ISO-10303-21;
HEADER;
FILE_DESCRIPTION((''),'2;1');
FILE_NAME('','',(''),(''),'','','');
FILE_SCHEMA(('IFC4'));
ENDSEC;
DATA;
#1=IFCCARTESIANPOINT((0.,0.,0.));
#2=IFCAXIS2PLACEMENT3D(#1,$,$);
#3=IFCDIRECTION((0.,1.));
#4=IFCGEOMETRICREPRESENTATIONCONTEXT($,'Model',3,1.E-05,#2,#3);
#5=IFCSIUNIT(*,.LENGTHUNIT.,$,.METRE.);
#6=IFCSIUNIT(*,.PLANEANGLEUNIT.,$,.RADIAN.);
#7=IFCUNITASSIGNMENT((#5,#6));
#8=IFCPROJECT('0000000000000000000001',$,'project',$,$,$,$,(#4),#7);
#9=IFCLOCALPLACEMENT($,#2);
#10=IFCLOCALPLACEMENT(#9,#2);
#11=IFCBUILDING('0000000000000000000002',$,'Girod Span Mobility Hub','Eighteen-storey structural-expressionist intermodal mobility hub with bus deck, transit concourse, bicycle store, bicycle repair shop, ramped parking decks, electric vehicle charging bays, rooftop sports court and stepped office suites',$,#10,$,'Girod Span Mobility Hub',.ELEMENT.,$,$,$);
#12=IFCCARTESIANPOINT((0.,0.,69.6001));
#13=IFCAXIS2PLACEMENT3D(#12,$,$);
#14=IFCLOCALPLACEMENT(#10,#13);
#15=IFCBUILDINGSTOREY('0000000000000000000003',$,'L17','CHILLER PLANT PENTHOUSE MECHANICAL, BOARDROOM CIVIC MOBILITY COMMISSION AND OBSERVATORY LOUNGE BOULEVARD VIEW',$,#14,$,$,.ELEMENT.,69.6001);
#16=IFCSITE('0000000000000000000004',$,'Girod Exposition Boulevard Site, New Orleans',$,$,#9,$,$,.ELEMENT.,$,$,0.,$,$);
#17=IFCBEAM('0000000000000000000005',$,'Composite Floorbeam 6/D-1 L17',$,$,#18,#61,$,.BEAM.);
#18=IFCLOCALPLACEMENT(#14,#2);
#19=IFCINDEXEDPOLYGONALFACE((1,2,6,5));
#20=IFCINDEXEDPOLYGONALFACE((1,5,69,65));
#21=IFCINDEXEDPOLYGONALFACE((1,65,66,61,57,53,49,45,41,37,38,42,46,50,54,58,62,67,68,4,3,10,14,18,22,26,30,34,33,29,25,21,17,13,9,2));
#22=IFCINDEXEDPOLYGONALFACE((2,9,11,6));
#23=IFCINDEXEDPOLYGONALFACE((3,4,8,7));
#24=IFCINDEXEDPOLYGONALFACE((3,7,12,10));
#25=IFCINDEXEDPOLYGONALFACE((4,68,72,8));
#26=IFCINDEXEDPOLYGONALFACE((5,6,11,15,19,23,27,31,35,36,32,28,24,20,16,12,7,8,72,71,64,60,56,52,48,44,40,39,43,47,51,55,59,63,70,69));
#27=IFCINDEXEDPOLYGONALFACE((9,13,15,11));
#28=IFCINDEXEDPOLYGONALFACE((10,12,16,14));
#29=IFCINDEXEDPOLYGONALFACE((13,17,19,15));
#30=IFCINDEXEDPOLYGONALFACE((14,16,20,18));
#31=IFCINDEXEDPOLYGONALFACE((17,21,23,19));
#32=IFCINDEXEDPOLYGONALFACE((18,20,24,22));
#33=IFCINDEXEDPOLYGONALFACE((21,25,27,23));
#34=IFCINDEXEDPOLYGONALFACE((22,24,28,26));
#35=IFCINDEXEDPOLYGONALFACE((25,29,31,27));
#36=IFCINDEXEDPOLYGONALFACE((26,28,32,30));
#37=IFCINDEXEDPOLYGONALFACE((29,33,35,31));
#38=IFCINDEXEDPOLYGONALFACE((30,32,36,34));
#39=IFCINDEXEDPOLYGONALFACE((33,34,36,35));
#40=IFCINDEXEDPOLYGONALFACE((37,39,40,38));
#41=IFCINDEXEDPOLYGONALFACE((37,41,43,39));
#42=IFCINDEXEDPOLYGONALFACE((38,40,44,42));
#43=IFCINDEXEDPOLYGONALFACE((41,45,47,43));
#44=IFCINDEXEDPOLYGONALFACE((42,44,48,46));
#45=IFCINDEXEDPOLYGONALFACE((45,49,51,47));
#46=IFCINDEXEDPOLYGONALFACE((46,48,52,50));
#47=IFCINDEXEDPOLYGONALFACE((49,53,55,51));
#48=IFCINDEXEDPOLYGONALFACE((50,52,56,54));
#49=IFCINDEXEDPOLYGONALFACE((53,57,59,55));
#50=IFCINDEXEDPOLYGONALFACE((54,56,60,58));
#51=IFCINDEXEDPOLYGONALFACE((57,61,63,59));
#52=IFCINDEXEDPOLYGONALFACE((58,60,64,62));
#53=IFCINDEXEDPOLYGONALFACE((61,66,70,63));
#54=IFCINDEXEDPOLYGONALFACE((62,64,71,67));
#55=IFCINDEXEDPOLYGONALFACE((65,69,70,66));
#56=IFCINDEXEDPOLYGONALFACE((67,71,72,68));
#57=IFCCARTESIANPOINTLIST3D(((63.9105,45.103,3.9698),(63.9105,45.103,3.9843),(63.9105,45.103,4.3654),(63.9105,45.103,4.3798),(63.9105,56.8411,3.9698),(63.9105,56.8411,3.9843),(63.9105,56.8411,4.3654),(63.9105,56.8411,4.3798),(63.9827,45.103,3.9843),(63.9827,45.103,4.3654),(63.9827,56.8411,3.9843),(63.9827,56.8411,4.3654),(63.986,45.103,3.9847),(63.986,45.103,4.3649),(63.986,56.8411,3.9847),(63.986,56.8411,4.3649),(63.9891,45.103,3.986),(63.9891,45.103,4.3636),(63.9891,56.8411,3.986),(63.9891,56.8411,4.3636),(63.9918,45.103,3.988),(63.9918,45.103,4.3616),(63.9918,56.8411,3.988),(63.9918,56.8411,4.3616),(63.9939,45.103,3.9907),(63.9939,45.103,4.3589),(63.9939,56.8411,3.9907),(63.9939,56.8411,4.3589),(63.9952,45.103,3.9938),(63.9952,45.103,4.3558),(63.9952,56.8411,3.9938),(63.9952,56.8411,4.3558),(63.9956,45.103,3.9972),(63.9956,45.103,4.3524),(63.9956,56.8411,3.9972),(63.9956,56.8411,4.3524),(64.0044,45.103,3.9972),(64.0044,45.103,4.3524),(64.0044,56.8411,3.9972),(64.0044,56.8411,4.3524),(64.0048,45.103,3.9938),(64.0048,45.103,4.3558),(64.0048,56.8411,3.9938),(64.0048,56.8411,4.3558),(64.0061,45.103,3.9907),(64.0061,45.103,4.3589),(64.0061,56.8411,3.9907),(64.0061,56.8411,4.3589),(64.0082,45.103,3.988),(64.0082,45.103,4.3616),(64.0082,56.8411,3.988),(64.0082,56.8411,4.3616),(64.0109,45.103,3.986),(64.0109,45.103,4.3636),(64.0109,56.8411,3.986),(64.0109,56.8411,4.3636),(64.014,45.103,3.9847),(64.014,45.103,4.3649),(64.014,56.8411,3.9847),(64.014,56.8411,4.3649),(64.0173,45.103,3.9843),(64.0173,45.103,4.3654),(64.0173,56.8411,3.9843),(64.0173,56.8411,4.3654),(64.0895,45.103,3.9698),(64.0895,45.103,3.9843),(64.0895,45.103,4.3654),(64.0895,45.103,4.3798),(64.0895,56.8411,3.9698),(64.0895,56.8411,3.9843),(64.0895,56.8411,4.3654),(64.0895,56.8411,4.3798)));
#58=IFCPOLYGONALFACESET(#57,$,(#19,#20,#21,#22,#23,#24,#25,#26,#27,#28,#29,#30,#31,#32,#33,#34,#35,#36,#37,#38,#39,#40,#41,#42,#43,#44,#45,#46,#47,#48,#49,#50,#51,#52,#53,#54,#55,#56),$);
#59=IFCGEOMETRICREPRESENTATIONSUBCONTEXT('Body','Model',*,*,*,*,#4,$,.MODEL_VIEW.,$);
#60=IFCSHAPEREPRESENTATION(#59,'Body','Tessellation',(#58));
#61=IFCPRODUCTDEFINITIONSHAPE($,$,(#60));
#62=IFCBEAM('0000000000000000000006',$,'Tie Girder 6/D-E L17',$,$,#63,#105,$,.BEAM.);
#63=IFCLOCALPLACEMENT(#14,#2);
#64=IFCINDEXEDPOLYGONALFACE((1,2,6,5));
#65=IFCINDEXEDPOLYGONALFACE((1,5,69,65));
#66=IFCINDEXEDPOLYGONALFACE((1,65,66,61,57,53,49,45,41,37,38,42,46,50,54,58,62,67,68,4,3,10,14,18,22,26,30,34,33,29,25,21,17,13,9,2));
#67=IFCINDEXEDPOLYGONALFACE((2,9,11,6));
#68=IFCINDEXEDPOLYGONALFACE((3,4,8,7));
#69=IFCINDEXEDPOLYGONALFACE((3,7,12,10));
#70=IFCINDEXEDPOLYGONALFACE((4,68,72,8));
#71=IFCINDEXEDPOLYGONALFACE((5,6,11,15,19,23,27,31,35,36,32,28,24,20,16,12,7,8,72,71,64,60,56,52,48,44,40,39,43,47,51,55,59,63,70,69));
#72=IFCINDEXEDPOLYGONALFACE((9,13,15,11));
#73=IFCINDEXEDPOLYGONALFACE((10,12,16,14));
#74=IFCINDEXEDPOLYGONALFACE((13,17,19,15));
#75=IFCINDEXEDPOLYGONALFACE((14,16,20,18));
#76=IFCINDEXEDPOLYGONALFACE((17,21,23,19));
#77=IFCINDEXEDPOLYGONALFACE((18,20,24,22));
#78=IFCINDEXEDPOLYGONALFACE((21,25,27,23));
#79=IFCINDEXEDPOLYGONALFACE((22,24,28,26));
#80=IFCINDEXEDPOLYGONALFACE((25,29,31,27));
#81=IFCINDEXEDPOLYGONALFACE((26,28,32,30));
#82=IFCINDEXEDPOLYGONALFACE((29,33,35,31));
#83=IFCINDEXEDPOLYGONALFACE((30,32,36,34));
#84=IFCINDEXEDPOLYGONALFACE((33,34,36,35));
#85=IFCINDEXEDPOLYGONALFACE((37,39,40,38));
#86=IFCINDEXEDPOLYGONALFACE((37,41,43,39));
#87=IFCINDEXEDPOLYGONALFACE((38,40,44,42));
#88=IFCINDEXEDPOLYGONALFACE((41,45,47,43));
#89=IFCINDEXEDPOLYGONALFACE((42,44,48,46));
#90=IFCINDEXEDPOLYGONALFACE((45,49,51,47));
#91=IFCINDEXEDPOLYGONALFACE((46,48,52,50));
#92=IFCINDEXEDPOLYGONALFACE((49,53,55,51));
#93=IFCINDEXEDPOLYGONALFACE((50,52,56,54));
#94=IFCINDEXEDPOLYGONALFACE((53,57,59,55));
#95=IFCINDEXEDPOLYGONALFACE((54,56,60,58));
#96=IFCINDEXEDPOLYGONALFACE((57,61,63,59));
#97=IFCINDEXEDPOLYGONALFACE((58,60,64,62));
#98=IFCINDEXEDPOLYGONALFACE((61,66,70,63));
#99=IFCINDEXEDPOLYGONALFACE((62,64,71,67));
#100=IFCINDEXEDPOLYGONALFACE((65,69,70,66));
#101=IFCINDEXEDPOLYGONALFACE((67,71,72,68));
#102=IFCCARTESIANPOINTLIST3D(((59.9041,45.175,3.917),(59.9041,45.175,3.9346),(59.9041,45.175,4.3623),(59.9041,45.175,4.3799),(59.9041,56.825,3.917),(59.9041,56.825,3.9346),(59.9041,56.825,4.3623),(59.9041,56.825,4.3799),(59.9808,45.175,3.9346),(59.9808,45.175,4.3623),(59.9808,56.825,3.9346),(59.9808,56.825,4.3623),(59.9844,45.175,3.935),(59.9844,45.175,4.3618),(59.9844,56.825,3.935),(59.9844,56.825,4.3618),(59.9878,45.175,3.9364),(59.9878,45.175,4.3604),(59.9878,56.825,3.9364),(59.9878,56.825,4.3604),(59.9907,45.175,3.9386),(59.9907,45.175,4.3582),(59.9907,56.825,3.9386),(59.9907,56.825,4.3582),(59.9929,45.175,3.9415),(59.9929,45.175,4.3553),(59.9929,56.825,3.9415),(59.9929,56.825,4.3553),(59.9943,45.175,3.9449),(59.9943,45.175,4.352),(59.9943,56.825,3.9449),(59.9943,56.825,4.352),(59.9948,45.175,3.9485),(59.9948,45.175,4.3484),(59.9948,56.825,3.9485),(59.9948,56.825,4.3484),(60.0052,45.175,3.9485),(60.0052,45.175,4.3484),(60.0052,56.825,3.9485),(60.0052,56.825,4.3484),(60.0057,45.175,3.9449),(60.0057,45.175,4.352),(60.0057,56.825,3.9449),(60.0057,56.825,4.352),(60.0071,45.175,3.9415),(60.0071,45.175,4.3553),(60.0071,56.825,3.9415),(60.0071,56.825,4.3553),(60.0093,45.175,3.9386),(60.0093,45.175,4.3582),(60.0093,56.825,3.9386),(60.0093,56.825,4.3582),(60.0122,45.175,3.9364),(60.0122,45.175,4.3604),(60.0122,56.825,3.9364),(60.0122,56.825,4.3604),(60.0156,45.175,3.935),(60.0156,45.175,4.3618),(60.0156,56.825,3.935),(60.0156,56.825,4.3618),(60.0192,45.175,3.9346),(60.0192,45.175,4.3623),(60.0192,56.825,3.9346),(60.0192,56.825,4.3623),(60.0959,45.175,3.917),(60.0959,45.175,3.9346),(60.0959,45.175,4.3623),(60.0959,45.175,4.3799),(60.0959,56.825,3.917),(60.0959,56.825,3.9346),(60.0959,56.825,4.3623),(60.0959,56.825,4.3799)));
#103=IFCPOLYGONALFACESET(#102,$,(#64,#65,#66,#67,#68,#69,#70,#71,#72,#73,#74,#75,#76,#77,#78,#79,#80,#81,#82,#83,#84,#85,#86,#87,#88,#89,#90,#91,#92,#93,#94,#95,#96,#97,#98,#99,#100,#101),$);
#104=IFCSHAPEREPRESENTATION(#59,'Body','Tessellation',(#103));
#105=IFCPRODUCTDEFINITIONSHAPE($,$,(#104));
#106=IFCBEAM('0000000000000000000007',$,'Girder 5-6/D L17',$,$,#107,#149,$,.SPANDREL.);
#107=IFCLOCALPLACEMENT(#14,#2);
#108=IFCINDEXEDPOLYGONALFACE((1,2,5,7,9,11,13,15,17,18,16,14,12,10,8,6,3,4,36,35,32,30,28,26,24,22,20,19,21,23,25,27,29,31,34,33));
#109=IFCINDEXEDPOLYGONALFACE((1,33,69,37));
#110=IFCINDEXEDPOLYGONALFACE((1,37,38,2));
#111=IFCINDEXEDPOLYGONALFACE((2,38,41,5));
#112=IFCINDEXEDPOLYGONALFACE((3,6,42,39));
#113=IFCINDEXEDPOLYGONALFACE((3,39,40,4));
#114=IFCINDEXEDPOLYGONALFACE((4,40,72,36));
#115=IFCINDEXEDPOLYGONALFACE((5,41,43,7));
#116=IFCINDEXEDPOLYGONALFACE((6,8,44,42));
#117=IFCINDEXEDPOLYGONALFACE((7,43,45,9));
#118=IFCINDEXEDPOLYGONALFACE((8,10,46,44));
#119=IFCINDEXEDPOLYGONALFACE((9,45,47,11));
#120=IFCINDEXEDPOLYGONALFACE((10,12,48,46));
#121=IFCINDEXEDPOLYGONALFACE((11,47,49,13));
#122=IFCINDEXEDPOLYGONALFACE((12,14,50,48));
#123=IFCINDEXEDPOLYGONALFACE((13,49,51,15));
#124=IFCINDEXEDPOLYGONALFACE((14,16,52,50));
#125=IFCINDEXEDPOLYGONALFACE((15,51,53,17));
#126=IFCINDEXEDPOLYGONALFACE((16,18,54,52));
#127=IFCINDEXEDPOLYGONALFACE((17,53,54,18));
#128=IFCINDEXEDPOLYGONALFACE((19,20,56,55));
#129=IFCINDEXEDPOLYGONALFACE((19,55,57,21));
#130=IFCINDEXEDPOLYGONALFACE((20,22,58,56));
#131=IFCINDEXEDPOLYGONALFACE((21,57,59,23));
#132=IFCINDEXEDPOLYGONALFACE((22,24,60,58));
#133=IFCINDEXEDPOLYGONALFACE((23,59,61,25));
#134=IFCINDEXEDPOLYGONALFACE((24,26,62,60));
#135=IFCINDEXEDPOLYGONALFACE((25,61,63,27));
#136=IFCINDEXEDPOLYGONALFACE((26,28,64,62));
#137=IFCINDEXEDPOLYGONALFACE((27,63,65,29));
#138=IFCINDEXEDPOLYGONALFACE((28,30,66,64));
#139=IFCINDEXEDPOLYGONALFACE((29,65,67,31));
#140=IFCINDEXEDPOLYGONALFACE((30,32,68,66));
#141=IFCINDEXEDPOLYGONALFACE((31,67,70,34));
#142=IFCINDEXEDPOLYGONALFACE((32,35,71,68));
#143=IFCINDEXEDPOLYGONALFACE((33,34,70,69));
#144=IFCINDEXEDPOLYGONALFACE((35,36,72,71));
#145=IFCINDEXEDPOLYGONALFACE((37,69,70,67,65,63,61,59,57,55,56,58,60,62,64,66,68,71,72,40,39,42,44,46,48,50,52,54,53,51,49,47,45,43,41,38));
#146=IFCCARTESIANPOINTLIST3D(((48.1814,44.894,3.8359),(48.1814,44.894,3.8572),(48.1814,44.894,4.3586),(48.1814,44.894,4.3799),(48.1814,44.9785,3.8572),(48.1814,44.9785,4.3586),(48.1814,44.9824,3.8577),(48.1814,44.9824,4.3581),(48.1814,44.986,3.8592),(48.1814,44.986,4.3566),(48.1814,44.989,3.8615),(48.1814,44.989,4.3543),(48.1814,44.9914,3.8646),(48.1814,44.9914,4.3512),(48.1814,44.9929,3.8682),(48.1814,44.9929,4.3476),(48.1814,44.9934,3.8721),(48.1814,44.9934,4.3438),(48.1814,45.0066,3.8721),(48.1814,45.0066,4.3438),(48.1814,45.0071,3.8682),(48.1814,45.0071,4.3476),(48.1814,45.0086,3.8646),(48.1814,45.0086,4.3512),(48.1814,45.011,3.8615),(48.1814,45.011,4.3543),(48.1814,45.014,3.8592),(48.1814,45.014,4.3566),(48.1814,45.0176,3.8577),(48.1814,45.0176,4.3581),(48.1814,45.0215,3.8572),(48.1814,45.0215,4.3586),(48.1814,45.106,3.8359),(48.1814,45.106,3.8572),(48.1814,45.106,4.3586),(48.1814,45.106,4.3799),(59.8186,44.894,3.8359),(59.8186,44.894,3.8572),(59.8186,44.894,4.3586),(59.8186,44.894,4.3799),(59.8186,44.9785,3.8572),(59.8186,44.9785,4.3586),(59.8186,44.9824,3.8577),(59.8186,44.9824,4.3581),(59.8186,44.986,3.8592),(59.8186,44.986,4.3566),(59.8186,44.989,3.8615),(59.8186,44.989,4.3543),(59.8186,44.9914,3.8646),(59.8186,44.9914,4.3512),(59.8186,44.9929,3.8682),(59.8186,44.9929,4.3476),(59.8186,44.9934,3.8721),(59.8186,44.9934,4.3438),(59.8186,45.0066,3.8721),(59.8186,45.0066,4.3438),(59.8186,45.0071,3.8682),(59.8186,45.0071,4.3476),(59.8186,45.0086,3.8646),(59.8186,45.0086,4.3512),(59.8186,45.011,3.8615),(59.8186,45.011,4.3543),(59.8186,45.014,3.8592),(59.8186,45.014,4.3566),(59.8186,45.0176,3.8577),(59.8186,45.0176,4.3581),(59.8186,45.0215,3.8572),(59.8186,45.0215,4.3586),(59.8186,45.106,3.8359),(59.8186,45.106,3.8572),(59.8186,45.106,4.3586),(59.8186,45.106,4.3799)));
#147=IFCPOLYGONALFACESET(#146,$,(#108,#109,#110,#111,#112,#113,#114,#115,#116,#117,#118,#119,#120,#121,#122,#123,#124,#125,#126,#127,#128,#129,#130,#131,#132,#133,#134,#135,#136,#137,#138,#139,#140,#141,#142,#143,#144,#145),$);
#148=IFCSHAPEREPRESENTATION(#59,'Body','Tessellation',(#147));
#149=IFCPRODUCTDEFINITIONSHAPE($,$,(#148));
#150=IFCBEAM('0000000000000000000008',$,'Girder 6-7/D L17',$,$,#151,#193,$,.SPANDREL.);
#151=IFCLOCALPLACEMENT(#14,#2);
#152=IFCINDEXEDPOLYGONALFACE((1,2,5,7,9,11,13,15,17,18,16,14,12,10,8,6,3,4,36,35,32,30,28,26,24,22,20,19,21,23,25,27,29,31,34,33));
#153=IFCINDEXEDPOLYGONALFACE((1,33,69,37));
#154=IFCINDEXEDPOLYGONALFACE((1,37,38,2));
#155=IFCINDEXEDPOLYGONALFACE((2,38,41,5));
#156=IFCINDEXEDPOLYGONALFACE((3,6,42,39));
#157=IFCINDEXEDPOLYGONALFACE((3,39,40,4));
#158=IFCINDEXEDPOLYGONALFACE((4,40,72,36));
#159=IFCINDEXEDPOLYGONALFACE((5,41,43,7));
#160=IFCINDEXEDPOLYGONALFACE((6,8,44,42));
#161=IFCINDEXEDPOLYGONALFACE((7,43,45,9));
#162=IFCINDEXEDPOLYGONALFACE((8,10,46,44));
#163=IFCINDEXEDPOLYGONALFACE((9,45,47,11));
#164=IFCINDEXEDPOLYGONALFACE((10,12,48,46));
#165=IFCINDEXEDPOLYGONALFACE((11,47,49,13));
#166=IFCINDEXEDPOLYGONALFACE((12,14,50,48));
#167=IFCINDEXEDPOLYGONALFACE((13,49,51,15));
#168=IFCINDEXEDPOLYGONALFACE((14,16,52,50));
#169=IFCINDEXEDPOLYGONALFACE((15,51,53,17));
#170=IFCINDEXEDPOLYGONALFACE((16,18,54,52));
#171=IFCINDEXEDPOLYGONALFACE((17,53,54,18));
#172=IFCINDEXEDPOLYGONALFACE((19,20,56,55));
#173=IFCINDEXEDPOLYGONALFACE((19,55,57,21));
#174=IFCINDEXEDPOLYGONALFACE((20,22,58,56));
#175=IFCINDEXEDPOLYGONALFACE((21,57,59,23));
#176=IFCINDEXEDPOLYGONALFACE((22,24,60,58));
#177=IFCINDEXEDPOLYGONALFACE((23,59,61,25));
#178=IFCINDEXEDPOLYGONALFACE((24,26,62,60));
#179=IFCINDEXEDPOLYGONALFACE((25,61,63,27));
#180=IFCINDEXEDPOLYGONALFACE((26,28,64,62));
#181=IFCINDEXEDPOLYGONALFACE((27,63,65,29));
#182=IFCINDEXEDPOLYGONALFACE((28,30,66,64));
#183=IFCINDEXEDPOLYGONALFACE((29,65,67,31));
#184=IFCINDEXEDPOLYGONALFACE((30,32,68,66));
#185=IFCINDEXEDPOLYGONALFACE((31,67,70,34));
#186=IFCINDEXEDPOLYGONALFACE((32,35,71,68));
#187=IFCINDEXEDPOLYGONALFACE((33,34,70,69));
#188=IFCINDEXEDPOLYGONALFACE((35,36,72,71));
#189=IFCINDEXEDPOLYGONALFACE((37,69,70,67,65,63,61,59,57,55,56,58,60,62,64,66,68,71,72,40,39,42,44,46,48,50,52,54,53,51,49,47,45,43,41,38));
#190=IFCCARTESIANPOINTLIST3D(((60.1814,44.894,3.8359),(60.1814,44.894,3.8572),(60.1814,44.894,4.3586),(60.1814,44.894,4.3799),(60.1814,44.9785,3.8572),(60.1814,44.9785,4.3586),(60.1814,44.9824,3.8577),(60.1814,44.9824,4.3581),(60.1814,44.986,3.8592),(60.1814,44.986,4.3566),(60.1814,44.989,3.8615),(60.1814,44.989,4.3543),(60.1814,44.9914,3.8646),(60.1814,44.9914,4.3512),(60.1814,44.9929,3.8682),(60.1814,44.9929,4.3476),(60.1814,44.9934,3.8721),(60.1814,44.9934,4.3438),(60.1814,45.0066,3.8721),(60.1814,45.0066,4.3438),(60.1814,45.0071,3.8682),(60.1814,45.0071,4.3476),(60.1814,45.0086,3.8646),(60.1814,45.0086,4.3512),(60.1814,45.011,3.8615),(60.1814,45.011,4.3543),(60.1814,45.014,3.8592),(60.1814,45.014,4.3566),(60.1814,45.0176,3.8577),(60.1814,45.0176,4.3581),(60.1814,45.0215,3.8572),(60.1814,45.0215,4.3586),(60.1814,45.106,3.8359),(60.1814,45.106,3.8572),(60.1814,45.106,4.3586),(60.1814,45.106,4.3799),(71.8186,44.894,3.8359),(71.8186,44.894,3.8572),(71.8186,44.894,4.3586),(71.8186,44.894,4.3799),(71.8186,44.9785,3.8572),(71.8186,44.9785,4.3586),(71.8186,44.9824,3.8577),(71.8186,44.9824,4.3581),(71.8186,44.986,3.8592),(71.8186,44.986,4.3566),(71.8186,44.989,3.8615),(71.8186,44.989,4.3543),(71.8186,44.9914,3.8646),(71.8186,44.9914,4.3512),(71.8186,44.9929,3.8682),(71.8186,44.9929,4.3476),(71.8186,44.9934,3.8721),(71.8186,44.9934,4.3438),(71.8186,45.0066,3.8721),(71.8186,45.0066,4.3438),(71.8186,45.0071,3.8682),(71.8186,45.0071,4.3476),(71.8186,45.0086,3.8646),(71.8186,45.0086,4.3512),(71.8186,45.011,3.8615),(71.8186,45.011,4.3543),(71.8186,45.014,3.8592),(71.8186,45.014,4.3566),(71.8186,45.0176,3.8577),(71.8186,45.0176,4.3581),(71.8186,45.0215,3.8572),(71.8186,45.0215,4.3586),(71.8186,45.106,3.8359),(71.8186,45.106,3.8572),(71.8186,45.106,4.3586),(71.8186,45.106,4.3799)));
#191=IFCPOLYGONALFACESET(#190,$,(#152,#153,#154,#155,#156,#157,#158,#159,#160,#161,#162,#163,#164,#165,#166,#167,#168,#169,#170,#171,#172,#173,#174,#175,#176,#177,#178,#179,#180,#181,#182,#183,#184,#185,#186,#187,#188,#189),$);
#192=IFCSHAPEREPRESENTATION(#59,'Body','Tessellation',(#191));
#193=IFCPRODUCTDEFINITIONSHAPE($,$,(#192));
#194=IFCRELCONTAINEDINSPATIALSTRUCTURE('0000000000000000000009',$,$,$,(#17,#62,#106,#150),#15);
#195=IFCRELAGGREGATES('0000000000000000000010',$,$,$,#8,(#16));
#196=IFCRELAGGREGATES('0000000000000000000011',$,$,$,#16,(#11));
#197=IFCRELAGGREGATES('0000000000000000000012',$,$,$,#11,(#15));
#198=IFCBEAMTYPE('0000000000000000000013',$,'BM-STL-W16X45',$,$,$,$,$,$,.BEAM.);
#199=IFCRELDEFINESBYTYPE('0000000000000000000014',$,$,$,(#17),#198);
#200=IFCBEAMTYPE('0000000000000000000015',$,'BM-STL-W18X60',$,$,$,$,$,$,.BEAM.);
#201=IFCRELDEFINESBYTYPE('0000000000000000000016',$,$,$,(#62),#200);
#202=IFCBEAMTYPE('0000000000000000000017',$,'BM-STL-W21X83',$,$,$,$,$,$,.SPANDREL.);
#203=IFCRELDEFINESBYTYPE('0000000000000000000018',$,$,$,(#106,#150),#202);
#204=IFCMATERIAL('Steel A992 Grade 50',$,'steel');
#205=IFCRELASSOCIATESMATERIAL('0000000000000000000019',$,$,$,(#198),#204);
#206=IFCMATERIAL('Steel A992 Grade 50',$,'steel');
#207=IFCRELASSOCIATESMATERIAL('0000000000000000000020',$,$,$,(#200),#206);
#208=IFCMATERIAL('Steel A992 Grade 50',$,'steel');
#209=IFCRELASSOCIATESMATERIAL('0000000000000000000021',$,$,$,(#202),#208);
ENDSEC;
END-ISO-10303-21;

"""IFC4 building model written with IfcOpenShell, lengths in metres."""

from ifc_helpers import new_model, si_unit, direction, frame, origin, origin_2d, place, context, subcontext, project, spatial, i_section, extrude, material, material_profile, profile_set, type_object, element, save


model = new_model("IFC4")

# Units and contexts
model_context = context("Model", 3, precision=1e-05, world=origin(), true_north=direction((0.0, 1.0)))
body_context = subcontext(model_context, "Body", "Model", "MODEL_VIEW")
ifc_project = project(units=[si_unit("LENGTHUNIT", "METRE"), si_unit("PLANEANGLEUNIT", "RADIAN")], contexts=[model_context])

# Site, building, storey
site_placement = place(None, origin())
site = spatial("IfcSite", under=ifc_project, at=site_placement, Name="Girod Exposition Boulevard Site, New Orleans", CompositionType="ELEMENT", RefElevation=0.0)
building_placement = place(site_placement, origin())
building = spatial("IfcBuilding", under=site, at=building_placement, Name="Girod Span Mobility Hub", Description="Eighteen-storey structural-expressionist intermodal mobility hub with bus deck, transit concourse, bicycle store, bicycle repair shop, ramped parking decks, electric vehicle charging bays, rooftop sports court and stepped office suites", LongName="Girod Span Mobility Hub", CompositionType="ELEMENT")
storey_placement = place(building_placement, frame((0.0, 0.0, 69.6001)))
storey = spatial("IfcBuildingStorey", under=building, at=storey_placement, Name="L17", Description="CHILLER PLANT PENTHOUSE MECHANICAL, BOARDROOM CIVIC MOBILITY COMMISSION AND OBSERVATORY LOUNGE BOULEVARD VIEW", CompositionType="ELEMENT", Elevation=69.6001)

# Beams
ifc_material_1 = material(Name="Steel A992 Grade 50", Category="steel")
ifc_material_profile_1 = material_profile(ifc_material_1, i_section(OverallWidth=0.179, OverallDepth=0.4099, WebThickness=0.0088, FlangeThickness=0.0144, FilletRadius=0.0129, at=origin_2d()), Name="W16X45")
ifc_profile_set_1 = profile_set([ifc_material_profile_1], Name="Steel A992 Grade 50")
beam_type_1 = type_object("IfcBeamType", Name="BM-STL-W16X45", PredefinedType="BEAM", material=ifc_profile_set_1)
beam_1_placement = place(storey_placement, frame((64.0, 45.103, 4.1748), z_axis=(0.0, 1.0, 0.0), x_axis=(-1.0, 0.0, 0.0)))
element("IfcBeam", 1, at=beam_1_placement, inside=storey, type_object=beam_type_1, Name="Composite Floorbeam 6/D-1 L17", PredefinedType="BEAM", context=body_context, shape_type="SweptSolid", body=[
    extrude(i_section(OverallWidth=0.179, OverallDepth=0.4099, WebThickness=0.0088, FlangeThickness=0.0144, FilletRadius=0.0129, at=origin_2d()), origin(), (0.0, 0.0, 1.0), 11.738),
])
ifc_material_2 = material(Name="Steel A992 Grade 50", Category="steel")
ifc_material_profile_2 = material_profile(ifc_material_2, i_section(OverallWidth=0.1919, OverallDepth=0.4629, WebThickness=0.0105, FlangeThickness=0.0176, FilletRadius=0.0139, at=origin_2d()), Name="W18X60")
ifc_profile_set_2 = profile_set([ifc_material_profile_2], Name="Steel A992 Grade 50")
beam_type_2 = type_object("IfcBeamType", Name="BM-STL-W18X60", PredefinedType="BEAM", material=ifc_profile_set_2)
beam_2_placement = place(storey_placement, frame((60.0, 45.175, 4.1484), z_axis=(0.0, 1.0, 0.0), x_axis=(-1.0, 0.0, 0.0)))
element("IfcBeam", 2, at=beam_2_placement, inside=storey, type_object=beam_type_2, Name="Tie Girder 6/D-E L17", PredefinedType="BEAM", context=body_context, shape_type="SweptSolid", body=[
    extrude(i_section(OverallWidth=0.1919, OverallDepth=0.4629, WebThickness=0.0105, FlangeThickness=0.0176, FilletRadius=0.0139, at=origin_2d()), origin(), (0.0, 0.0, 1.0), 11.6499),
])
ifc_material_3 = material(Name="Steel A992 Grade 50", Category="steel")
ifc_material_profile_3 = material_profile(ifc_material_3, i_section(OverallWidth=0.2119, OverallDepth=0.5439, WebThickness=0.0132, FlangeThickness=0.0212, FilletRadius=0.0149, at=origin_2d()), Name="W21X83")
ifc_profile_set_3 = profile_set([ifc_material_profile_3], Name="Steel A992 Grade 50")
beam_type_3 = type_object("IfcBeamType", Name="BM-STL-W21X83", PredefinedType="SPANDREL", material=ifc_profile_set_3)
for number, where, z_axis, x_axis, name in (
    (3, (48.1814, 45.0, 4.1079), (1.0, 0.0, 0.0), (0.0, 1.0, 0.0), "Girder 5-6/D L17"),
    (4, (60.1814, 45.0, 4.1079), (1.0, 0.0, 0.0), (0.0, 1.0, 0.0), "Girder 6-7/D L17"),
):
    element("IfcBeam", number, at=place(storey_placement, frame(where, z_axis=z_axis, x_axis=x_axis)), inside=storey, type_object=beam_type_3, Name=name, PredefinedType="SPANDREL", context=body_context, shape_type="SweptSolid", body=[
        extrude(i_section(OverallWidth=0.2119, OverallDepth=0.5439, WebThickness=0.0132, FlangeThickness=0.0212, FilletRadius=0.0149, at=origin_2d()), origin(), (0.0, 0.0, 1.0), 11.6372),
    ])

save(model, "model.ifc")
